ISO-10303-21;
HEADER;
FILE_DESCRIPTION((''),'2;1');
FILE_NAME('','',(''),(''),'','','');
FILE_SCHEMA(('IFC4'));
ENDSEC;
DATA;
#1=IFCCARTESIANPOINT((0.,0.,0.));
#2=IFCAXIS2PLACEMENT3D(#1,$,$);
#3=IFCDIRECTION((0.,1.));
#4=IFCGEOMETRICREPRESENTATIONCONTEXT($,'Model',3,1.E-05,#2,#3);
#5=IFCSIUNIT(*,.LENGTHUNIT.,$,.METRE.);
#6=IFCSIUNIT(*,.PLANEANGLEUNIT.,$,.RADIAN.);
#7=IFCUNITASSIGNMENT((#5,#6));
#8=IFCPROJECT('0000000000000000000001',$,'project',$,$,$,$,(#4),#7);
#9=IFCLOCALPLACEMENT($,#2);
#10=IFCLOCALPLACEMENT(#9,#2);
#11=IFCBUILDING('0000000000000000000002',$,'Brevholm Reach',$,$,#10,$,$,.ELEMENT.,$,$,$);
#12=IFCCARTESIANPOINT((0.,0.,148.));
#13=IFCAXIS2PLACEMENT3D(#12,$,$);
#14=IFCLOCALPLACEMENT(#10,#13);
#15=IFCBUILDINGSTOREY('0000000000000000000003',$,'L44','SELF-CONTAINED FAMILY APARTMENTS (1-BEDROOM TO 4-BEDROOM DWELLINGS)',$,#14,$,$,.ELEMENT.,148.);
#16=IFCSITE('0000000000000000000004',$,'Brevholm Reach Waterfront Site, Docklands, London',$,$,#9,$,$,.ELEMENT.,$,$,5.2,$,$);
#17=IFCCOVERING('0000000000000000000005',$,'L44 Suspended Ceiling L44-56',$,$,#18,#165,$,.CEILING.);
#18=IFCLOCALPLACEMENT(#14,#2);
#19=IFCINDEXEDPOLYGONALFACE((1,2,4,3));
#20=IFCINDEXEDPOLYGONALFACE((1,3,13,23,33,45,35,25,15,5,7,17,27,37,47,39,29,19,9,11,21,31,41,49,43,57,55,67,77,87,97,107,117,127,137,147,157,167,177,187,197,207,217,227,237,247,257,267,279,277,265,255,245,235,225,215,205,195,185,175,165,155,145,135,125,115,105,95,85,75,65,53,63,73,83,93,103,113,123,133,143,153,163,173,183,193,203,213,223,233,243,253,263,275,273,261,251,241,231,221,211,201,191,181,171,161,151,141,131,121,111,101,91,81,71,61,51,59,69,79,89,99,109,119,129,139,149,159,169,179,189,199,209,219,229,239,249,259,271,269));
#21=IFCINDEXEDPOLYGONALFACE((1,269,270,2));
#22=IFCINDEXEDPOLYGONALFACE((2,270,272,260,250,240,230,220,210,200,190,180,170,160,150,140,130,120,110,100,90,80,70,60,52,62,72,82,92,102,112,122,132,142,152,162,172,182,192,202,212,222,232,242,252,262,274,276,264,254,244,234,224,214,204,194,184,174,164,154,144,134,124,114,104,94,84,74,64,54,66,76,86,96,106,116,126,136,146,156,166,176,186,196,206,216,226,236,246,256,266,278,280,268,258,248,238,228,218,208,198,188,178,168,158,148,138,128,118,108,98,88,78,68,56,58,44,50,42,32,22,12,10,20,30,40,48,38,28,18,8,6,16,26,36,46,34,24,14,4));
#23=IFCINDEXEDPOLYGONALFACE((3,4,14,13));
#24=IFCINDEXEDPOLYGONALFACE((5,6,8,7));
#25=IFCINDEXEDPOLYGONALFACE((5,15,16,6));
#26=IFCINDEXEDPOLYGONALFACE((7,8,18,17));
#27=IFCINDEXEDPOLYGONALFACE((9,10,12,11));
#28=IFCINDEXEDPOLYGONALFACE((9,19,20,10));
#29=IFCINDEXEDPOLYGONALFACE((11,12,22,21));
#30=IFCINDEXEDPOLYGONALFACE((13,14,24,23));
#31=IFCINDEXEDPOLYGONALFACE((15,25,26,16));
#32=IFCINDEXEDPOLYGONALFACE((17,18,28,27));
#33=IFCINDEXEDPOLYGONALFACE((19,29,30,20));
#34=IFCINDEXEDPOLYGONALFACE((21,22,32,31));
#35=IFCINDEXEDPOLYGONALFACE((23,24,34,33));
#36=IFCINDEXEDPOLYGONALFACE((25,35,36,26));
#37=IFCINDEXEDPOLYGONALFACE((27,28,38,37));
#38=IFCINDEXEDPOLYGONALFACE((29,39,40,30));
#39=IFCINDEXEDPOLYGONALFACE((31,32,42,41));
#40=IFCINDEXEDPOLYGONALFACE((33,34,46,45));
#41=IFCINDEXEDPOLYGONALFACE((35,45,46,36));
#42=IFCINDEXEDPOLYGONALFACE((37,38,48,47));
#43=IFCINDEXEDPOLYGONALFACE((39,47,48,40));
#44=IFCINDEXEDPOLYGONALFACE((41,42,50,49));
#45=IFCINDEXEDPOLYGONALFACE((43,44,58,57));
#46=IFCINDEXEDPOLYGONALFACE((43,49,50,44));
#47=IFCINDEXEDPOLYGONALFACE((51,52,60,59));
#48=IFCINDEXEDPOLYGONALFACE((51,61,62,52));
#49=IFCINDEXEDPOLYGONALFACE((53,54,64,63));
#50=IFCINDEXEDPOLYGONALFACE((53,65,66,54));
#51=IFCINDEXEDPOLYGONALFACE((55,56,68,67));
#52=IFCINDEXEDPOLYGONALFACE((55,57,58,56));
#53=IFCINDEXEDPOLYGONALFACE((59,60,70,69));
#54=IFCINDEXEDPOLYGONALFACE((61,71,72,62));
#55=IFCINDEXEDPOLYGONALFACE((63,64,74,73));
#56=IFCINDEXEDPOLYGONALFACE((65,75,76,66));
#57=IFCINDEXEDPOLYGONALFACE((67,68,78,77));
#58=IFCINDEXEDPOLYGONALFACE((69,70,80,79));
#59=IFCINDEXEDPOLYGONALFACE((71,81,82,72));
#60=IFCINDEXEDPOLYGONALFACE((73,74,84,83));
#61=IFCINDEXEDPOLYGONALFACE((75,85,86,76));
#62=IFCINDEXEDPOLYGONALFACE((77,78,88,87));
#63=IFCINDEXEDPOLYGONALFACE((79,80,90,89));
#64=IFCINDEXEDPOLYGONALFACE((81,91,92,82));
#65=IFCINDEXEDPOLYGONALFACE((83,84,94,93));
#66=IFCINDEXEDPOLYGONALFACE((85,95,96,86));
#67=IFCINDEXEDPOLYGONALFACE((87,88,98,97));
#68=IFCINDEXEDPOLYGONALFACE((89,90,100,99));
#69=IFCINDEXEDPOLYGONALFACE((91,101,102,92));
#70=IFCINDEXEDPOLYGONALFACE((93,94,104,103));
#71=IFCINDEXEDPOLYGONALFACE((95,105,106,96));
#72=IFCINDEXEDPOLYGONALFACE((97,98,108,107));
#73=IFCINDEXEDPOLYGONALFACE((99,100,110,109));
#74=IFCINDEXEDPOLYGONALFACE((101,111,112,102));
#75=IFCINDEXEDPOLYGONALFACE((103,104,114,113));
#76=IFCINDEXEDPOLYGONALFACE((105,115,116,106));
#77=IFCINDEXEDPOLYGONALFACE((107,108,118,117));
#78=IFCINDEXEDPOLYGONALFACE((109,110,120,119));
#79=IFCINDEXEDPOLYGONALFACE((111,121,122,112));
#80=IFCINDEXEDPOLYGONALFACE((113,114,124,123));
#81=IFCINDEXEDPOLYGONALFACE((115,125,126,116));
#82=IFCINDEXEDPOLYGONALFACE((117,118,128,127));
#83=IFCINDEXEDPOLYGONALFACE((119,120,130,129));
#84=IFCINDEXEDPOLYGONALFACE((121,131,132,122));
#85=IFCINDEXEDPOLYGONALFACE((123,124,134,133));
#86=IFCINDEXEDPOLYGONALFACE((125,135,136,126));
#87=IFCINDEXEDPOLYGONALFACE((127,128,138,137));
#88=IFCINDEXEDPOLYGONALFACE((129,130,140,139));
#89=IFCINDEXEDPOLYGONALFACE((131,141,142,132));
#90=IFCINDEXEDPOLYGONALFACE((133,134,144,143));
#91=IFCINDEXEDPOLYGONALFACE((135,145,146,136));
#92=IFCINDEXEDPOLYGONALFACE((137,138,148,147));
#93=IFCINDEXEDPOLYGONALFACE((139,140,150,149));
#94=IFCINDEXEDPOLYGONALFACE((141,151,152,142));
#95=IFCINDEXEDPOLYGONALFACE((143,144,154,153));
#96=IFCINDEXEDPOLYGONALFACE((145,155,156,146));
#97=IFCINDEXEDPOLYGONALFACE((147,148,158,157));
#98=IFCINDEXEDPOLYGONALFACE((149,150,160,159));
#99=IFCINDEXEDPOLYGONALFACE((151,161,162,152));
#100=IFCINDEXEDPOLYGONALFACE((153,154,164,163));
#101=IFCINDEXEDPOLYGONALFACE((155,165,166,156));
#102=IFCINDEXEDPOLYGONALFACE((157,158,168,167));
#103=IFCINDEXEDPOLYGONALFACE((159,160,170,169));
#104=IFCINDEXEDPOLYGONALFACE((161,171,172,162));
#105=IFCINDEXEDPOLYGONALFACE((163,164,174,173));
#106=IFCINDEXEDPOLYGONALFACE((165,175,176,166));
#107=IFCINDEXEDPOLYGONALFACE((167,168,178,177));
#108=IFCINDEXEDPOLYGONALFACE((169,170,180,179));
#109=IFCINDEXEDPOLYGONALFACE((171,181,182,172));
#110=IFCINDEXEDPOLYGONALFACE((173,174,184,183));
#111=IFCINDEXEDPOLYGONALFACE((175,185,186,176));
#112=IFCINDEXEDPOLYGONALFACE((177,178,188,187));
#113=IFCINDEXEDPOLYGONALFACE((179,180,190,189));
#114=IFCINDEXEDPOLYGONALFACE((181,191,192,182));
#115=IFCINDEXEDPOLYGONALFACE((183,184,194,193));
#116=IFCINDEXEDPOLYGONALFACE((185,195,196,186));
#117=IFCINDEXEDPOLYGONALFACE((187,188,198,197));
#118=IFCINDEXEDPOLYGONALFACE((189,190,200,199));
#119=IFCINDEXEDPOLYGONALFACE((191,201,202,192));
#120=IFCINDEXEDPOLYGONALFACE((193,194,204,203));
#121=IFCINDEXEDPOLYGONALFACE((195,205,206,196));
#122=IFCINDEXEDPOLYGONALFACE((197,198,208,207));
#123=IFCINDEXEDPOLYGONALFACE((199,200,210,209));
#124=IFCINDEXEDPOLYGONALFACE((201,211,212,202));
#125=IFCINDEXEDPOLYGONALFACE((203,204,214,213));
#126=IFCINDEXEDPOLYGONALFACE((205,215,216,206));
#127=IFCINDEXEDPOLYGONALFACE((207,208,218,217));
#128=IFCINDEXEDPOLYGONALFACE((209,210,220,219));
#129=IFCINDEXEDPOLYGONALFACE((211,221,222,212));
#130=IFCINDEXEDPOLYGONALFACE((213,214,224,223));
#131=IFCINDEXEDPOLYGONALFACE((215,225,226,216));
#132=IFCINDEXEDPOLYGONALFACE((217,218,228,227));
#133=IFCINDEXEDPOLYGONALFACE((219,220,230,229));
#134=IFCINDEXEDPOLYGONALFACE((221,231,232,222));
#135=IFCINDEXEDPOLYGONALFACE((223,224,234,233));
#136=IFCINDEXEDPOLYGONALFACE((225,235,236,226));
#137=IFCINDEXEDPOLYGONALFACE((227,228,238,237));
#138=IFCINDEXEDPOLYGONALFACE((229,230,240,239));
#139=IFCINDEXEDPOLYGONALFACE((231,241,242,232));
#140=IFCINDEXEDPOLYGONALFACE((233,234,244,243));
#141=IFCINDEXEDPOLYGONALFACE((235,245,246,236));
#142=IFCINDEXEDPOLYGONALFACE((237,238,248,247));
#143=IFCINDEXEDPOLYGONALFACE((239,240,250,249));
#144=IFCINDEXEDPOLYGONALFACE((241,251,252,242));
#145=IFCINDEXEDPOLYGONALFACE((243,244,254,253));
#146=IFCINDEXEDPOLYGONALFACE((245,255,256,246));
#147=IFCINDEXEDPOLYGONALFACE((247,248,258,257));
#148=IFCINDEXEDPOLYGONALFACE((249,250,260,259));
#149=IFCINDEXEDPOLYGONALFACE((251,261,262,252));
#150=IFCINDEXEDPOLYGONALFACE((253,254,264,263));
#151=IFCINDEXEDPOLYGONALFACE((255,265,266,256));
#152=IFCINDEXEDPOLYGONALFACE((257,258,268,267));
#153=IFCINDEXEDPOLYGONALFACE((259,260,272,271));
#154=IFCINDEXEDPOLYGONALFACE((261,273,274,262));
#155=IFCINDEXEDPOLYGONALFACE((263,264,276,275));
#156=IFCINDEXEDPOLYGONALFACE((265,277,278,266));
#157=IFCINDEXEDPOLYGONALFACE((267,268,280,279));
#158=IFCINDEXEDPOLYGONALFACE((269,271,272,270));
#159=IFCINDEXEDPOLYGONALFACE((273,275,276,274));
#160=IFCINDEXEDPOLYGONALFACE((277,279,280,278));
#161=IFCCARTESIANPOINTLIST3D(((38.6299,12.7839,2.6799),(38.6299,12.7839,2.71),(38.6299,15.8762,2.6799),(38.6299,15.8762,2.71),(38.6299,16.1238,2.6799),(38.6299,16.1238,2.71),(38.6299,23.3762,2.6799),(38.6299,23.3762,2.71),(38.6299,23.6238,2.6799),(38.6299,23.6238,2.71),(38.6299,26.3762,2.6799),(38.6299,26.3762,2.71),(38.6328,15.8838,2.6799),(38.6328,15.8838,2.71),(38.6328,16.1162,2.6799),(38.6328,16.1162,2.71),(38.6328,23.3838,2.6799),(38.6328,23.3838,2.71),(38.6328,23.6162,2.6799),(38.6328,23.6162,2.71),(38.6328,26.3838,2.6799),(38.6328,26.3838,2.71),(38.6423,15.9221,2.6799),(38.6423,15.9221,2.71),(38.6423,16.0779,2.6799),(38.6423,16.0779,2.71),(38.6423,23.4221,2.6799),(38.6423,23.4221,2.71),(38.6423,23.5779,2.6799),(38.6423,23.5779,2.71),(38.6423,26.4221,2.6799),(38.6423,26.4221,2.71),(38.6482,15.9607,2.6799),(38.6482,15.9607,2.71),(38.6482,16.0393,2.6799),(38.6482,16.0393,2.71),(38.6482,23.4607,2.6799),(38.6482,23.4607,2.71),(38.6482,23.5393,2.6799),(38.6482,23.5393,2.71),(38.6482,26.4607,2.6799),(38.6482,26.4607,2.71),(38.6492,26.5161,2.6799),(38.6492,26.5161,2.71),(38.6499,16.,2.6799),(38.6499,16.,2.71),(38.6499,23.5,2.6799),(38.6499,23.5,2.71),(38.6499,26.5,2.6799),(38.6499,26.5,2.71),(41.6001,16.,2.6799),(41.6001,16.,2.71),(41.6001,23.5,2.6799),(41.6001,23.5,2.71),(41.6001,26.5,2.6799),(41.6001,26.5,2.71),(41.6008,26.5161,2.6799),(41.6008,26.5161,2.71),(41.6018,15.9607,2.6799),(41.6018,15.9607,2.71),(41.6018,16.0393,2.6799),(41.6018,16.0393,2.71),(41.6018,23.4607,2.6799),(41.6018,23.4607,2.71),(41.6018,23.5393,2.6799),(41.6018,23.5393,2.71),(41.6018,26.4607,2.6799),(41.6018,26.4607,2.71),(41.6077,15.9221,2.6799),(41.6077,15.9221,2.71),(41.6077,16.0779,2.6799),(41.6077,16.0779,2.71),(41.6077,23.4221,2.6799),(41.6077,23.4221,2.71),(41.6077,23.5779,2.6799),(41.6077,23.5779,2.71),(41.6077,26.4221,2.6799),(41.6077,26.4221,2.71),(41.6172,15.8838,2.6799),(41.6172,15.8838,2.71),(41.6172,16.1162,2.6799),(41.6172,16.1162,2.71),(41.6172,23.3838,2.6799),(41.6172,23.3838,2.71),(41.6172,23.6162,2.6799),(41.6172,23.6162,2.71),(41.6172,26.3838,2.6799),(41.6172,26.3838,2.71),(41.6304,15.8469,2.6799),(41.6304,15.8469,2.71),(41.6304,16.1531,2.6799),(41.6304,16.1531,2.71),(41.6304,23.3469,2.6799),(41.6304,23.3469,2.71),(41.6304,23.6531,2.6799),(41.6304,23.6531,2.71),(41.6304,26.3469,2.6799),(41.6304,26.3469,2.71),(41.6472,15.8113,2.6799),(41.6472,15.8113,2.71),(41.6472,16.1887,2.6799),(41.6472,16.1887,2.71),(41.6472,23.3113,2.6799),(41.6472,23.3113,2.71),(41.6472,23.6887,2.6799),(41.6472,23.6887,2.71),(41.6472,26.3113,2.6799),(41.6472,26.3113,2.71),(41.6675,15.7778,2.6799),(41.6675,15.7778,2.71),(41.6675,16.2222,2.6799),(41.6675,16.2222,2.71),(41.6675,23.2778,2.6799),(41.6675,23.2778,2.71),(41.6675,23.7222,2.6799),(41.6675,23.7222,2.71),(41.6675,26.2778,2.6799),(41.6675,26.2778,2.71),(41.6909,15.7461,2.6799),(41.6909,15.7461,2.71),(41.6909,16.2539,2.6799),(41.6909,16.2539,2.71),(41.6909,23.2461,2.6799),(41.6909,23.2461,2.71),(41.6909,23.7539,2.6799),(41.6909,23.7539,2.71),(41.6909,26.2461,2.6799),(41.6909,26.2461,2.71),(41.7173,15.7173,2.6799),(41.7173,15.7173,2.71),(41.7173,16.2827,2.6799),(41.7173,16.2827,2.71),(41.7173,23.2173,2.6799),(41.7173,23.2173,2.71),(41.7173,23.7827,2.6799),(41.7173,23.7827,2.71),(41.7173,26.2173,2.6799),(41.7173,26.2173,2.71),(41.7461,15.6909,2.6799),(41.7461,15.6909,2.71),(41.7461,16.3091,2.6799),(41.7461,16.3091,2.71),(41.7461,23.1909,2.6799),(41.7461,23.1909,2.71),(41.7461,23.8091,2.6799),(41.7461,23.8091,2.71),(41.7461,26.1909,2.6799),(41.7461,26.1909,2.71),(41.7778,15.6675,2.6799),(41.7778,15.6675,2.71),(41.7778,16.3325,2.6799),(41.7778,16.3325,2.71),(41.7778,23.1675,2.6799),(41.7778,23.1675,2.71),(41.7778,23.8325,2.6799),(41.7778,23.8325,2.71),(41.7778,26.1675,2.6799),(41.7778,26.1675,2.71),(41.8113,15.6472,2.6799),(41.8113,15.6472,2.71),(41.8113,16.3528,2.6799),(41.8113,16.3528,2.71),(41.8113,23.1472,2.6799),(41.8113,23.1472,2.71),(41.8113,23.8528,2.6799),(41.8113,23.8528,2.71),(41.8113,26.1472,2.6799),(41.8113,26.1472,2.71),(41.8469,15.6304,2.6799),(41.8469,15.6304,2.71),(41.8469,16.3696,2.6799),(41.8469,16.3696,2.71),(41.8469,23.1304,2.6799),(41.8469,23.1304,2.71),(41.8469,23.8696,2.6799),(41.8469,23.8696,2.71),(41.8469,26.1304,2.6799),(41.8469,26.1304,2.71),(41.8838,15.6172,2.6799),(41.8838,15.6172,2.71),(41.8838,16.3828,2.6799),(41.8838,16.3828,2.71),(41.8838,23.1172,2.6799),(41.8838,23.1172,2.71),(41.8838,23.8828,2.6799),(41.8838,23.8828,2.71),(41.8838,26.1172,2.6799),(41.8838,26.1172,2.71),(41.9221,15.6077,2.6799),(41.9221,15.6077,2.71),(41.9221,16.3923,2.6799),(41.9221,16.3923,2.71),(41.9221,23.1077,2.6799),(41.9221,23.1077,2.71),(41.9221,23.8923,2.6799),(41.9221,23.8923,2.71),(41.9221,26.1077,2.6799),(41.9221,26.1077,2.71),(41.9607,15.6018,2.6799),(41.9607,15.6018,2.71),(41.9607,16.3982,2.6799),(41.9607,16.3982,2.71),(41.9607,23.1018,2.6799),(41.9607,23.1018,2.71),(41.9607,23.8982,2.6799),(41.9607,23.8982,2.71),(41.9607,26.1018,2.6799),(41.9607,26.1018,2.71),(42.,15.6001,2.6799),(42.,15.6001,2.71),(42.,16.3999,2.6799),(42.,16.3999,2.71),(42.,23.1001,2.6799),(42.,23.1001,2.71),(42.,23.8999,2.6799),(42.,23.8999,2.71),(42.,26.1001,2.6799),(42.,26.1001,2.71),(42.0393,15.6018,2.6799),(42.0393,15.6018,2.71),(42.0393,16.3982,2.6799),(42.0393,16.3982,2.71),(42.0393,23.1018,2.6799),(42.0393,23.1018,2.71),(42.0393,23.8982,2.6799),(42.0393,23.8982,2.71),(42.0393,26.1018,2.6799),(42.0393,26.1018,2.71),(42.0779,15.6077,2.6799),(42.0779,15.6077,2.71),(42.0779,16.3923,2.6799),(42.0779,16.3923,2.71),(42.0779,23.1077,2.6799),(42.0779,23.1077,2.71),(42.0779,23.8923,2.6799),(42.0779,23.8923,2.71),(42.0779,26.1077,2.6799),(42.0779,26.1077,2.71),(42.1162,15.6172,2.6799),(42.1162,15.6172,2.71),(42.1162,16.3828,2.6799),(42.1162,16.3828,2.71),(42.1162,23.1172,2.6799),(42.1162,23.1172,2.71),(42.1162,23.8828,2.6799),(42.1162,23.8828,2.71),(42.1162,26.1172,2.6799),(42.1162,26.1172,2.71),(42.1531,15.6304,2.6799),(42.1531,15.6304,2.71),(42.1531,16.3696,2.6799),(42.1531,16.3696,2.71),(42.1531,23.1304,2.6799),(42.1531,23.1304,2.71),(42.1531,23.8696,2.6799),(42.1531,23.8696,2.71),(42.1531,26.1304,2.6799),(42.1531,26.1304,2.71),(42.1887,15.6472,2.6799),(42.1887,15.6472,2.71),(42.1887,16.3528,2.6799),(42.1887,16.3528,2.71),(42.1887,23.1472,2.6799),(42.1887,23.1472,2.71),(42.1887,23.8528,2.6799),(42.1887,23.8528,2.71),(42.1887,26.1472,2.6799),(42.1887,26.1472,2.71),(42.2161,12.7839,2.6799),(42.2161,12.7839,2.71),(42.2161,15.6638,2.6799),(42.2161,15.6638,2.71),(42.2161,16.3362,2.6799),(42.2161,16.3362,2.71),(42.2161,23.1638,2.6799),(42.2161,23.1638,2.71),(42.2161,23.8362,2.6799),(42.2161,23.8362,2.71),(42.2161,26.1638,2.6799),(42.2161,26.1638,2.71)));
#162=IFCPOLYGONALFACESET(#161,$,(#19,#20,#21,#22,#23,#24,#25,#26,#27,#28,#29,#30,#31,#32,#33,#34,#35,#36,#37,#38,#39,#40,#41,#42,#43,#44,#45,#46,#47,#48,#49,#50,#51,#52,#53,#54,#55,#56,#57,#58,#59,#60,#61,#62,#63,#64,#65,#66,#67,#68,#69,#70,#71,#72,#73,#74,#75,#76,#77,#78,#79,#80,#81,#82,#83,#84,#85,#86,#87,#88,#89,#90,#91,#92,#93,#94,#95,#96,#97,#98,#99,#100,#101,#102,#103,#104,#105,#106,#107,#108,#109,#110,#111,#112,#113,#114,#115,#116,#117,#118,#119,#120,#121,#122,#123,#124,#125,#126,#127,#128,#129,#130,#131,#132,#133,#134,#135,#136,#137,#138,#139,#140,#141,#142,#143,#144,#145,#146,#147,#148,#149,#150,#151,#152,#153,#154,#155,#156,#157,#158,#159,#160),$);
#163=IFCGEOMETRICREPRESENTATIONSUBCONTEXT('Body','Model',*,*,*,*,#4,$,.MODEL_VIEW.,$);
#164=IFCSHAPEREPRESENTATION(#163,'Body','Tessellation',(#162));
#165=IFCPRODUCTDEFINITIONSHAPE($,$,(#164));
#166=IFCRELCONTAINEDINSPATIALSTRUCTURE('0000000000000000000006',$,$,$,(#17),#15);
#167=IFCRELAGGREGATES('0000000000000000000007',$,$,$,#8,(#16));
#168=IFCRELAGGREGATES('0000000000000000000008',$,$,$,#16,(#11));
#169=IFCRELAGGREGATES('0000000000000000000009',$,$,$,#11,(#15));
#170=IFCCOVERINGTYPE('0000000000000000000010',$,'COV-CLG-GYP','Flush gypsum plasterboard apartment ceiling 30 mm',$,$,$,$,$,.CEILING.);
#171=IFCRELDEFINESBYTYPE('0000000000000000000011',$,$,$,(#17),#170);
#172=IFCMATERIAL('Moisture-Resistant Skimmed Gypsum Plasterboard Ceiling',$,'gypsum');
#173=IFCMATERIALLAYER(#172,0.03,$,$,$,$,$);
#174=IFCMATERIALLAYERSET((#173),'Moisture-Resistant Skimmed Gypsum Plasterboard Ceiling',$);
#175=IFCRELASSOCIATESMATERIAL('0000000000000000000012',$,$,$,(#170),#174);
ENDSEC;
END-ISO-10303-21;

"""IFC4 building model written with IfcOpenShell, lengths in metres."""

from ifc_helpers import new_model, si_unit, direction, frame, origin, place, context, subcontext, project, spatial, polyline, outline, extrude, material, layer, layer_set, type_object, element, save


model = new_model("IFC4")

# Units and contexts
model_context = context("Model", 3, precision=1e-05, world=origin(), true_north=direction((0.0, 1.0)))
body_context = subcontext(model_context, "Body", "Model", "MODEL_VIEW")
ifc_project = project(units=[si_unit("LENGTHUNIT", "METRE"), si_unit("PLANEANGLEUNIT", "RADIAN")], contexts=[model_context])

# Site, building, storey
site_placement = place(None, origin())
site = spatial("IfcSite", under=ifc_project, at=site_placement, Name="Brevholm Reach Waterfront Site, Docklands, London", CompositionType="ELEMENT", RefElevation=5.2)
building_placement = place(site_placement, origin())
building = spatial("IfcBuilding", under=site, at=building_placement, Name="Brevholm Reach", CompositionType="ELEMENT")
storey_placement = place(building_placement, frame((0.0, 0.0, 148.0)))
storey = spatial("IfcBuildingStorey", under=building, at=storey_placement, Name="L44", Description="SELF-CONTAINED FAMILY APARTMENTS (1-BEDROOM TO 4-BEDROOM DWELLINGS)", CompositionType="ELEMENT", Elevation=148.0)

# Covering
ifc_material_1 = material(Name="Moisture-Resistant Skimmed Gypsum Plasterboard Ceiling", Category="gypsum")
ifc_layer_1 = layer(ifc_material_1, 0.03)
ifc_layer_set_1 = layer_set([ifc_layer_1], Name="Moisture-Resistant Skimmed Gypsum Plasterboard Ceiling")
covering_type_1 = type_object("IfcCoveringType", Name="COV-CLG-GYP", Description="Flush gypsum plasterboard apartment ceiling 30 mm", PredefinedType="CEILING", material=ifc_layer_set_1)
covering_1_placement = place(storey_placement, frame((0.0, 0.0, 2.6799)))
element("IfcCovering", 1, at=covering_1_placement, inside=storey, type_object=covering_type_1, Name="L44 Suspended Ceiling L44-56", PredefinedType="CEILING", context=body_context, shape_type="SweptSolid", body=[
    extrude(outline(polyline([(38.6299, 15.8762), (38.6328, 15.8838), (38.6423, 15.9221), (38.6482, 15.9607), (38.6499, 16.0), (38.6482, 16.0393), (38.6423, 16.0779), (38.6328, 16.1162), (38.6299, 16.1238), (38.6299, 23.3762), (38.6328, 23.3838), (38.6423, 23.4221), (38.6482, 23.4607), (38.6499, 23.5), (38.6482, 23.5393), (38.6423, 23.5779), (38.6328, 23.6162), (38.6299, 23.6238), (38.6299, 26.3762), (38.6328, 26.3838), (38.6423, 26.4221), (38.6482, 26.4607), (38.6499, 26.5), (38.6492, 26.5161), (41.6008, 26.5161), (41.6001, 26.5), (41.6018, 26.4607), (41.6077, 26.4221), (41.6172, 26.3838), (41.6304, 26.3469), (41.6472, 26.3113), (41.6675, 26.2778), (41.6909, 26.2461), (41.7173, 26.2173), (41.7461, 26.1909), (41.7778, 26.1675), (41.8113, 26.1472), (41.8469, 26.1304), (41.8838, 26.1172), (41.9221, 26.1077), (41.9607, 26.1018), (42.0, 26.1001), (42.0393, 26.1018), (42.0779, 26.1077), (42.1162, 26.1172), (42.1531, 26.1304), (42.1887, 26.1472), (42.2161, 26.1638), (42.2161, 23.8362), (42.1887, 23.8528), (42.1531, 23.8696), (42.1162, 23.8828), (42.0779, 23.8923), (42.0393, 23.8982), (42.0, 23.8999), (41.9607, 23.8982), (41.9221, 23.8923), (41.8838, 23.8828), (41.8469, 23.8696), (41.8113, 23.8528), (41.7778, 23.8325), (41.7461, 23.8091), (41.7173, 23.7827), (41.6909, 23.7539), (41.6675, 23.7222), (41.6472, 23.6887), (41.6304, 23.6531), (41.6172, 23.6162), (41.6077, 23.5779), (41.6018, 23.5393), (41.6001, 23.5), (41.6018, 23.4607), (41.6077, 23.4221), (41.6172, 23.3838), (41.6304, 23.3469), (41.6472, 23.3113), (41.6675, 23.2778), (41.6909, 23.2461), (41.7173, 23.2173), (41.7461, 23.1909), (41.7778, 23.1675), (41.8113, 23.1472), (41.8469, 23.1304), (41.8838, 23.1172), (41.9221, 23.1077), (41.9607, 23.1018), (42.0, 23.1001), (42.0393, 23.1018), (42.0779, 23.1077), (42.1162, 23.1172), (42.1531, 23.1304), (42.1887, 23.1472), (42.2161, 23.1638), (42.2161, 16.3362), (42.1887, 16.3528), (42.1531, 16.3696), (42.1162, 16.3828), (42.0779, 16.3923), (42.0393, 16.3982), (42.0, 16.3999), (41.9607, 16.3982), (41.9221, 16.3923), (41.8838, 16.3828), (41.8469, 16.3696), (41.8113, 16.3528), (41.7778, 16.3325), (41.7461, 16.3091), (41.7173, 16.2827), (41.6909, 16.2539), (41.6675, 16.2222), (41.6472, 16.1887), (41.6304, 16.1531), (41.6172, 16.1162), (41.6077, 16.0779), (41.6018, 16.0393), (41.6001, 16.0), (41.6018, 15.9607), (41.6077, 15.9221), (41.6172, 15.8838), (41.6304, 15.8469), (41.6472, 15.8113), (41.6675, 15.7778), (41.6909, 15.7461), (41.7173, 15.7173), (41.7461, 15.6909), (41.7778, 15.6675), (41.8113, 15.6472), (41.8469, 15.6304), (41.8838, 15.6172), (41.9221, 15.6077), (41.9607, 15.6018), (42.0, 15.6001), (42.0393, 15.6018), (42.0779, 15.6077), (42.1162, 15.6172), (42.1531, 15.6304), (42.1887, 15.6472), (42.2161, 15.6638), (42.2161, 12.7839), (38.6299, 12.7839), (38.6299, 15.8762)])), origin(), (0.0, 0.0, 1.0), 0.03),
])

save(model, "model.ifc")
